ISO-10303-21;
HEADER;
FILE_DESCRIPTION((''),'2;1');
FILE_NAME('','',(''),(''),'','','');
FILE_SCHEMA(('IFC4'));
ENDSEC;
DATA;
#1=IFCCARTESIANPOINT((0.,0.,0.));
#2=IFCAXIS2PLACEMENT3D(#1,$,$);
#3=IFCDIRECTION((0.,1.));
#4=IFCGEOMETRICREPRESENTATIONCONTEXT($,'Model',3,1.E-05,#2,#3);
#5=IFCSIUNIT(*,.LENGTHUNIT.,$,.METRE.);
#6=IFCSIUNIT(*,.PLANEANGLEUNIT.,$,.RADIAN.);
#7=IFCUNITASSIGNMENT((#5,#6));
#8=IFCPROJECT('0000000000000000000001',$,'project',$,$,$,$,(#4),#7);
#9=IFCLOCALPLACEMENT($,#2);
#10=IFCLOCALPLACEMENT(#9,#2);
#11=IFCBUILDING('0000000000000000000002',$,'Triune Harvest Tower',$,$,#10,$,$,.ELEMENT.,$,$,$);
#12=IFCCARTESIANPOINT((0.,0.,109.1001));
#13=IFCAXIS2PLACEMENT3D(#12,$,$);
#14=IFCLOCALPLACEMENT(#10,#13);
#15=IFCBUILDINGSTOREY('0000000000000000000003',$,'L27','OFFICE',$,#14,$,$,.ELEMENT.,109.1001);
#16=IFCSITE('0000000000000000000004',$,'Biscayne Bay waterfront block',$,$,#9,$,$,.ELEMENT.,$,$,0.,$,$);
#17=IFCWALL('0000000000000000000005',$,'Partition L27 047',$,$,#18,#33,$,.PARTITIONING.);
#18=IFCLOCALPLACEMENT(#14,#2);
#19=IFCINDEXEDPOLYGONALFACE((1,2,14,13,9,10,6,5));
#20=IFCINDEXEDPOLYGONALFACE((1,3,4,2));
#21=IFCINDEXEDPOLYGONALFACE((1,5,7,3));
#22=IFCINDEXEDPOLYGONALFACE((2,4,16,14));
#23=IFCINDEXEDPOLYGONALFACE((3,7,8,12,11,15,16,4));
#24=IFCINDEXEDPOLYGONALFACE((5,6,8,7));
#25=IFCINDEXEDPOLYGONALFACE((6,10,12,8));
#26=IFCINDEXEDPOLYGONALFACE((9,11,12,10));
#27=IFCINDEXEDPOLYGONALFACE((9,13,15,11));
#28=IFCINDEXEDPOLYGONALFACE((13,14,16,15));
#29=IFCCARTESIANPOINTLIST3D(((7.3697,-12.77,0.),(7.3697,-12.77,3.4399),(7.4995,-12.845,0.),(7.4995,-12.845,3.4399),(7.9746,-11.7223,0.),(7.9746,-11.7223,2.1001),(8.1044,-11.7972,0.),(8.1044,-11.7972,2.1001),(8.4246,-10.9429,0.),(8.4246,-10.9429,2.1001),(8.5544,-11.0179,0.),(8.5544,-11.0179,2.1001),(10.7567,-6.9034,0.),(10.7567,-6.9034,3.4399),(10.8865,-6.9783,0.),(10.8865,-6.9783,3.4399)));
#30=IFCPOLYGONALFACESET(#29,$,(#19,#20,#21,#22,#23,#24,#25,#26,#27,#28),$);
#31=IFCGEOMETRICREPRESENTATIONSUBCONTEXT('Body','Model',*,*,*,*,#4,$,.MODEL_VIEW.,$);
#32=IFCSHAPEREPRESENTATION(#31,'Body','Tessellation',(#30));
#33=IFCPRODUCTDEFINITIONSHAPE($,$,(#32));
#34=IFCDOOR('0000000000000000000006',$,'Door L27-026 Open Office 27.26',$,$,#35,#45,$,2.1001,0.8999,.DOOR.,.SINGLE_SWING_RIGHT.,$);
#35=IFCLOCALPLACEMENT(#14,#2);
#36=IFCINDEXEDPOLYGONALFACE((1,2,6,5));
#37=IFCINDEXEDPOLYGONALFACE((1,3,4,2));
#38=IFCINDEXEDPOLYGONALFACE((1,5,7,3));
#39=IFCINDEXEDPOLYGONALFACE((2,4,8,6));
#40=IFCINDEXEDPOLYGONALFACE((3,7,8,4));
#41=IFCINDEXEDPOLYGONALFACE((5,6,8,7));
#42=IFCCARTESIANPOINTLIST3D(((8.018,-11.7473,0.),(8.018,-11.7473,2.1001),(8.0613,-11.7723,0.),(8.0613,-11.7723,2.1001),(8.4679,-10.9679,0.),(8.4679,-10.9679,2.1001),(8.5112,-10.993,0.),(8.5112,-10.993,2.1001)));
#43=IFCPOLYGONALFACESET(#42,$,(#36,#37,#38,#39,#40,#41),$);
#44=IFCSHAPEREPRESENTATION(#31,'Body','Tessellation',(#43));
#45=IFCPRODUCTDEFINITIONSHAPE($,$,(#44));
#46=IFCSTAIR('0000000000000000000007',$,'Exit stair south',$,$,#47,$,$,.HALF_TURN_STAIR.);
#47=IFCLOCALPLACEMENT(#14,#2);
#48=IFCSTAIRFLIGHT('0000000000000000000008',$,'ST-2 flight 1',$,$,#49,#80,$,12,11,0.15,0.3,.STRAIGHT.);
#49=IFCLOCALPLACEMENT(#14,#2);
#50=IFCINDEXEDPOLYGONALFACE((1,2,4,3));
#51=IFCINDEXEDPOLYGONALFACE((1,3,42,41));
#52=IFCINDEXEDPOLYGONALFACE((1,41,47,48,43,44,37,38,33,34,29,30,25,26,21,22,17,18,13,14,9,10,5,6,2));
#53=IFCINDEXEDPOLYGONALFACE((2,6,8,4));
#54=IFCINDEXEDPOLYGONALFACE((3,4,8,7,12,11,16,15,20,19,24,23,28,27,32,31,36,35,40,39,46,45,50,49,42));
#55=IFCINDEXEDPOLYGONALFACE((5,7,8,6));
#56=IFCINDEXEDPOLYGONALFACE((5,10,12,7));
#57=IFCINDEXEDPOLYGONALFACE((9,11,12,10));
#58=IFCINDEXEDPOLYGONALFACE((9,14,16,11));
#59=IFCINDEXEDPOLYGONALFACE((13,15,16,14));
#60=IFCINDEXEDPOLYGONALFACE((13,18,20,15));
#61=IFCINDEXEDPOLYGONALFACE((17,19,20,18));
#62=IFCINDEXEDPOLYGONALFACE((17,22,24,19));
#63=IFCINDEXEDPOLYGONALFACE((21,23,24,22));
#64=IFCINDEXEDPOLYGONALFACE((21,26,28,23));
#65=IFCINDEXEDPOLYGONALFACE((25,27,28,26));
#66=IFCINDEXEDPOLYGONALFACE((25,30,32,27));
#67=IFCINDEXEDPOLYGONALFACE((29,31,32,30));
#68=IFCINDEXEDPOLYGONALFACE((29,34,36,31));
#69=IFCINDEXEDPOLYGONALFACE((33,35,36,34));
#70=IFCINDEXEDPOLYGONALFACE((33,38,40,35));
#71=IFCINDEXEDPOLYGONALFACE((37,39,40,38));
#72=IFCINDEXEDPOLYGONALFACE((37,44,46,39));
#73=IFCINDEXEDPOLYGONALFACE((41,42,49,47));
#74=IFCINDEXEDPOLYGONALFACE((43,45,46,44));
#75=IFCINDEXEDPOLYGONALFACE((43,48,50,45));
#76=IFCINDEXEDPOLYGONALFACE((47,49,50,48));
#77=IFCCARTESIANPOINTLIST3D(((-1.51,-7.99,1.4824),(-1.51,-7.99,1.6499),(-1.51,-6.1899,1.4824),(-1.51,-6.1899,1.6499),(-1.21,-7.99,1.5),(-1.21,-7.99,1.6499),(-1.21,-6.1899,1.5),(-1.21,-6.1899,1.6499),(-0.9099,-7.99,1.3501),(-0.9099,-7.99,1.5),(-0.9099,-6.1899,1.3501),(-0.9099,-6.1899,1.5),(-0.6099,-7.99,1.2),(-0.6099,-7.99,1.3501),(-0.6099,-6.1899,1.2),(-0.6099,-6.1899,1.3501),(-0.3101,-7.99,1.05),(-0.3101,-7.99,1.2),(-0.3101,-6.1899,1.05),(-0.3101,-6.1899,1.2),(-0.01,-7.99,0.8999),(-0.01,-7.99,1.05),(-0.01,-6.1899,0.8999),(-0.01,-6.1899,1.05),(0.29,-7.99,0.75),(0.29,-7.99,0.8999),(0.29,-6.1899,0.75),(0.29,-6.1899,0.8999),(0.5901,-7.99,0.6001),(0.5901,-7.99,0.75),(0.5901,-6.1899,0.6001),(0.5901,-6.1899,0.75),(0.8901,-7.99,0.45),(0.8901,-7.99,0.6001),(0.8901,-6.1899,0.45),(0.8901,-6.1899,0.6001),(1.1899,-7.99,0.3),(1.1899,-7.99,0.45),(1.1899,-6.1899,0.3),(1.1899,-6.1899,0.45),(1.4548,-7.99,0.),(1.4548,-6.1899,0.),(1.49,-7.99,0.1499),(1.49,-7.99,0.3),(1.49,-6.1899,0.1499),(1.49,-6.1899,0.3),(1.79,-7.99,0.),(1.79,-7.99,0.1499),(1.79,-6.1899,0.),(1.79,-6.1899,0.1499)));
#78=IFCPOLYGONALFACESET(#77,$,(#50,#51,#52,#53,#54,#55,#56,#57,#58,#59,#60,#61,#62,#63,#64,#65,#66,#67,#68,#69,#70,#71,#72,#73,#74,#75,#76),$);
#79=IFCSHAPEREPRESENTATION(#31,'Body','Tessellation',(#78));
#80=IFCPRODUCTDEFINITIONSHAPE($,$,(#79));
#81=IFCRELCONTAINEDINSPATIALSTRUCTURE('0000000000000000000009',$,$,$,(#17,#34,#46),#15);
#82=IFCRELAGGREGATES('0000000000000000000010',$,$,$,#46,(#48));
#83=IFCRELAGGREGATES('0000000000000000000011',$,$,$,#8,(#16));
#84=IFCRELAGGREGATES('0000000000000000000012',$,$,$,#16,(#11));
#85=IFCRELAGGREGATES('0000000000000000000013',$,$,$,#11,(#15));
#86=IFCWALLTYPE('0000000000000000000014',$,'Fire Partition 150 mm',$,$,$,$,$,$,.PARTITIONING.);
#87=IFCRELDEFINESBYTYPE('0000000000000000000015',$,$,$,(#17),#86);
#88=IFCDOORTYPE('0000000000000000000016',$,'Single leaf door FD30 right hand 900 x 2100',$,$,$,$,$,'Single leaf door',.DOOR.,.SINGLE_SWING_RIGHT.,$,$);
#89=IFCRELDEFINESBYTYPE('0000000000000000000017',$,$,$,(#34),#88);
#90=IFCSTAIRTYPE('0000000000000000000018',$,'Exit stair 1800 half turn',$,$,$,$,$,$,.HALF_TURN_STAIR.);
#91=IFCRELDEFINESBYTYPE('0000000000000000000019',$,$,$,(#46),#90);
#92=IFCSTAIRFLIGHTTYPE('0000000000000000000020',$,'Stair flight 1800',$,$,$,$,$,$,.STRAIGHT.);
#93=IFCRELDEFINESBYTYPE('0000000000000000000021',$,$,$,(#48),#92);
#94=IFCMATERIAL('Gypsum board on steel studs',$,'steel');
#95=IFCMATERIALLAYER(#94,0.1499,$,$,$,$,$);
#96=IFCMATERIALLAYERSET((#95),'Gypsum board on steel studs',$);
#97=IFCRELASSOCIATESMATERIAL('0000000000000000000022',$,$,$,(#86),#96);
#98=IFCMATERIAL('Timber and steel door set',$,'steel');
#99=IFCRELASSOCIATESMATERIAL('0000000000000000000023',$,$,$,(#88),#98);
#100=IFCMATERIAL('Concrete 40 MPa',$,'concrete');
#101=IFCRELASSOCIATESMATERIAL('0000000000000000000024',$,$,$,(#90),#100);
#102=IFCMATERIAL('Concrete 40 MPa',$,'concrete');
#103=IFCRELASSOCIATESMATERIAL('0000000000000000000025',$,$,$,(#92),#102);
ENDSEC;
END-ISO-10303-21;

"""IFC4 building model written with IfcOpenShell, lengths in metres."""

from ifc_helpers import new_model, si_unit, direction, frame, frame_2d, origin, place, context, subcontext, project, spatial, polyline, rectangle, outline, extrude, source, transform, mapped, material, layer, layer_set, type_object, element, fill, aggregate, save


model = new_model("IFC4")

# Units and contexts
model_context = context("Model", 3, precision=1e-05, world=origin(), true_north=direction((0.0, 1.0)))
body_context = subcontext(model_context, "Body", "Model", "MODEL_VIEW")
ifc_project = project(units=[si_unit("LENGTHUNIT", "METRE"), si_unit("PLANEANGLEUNIT", "RADIAN")], contexts=[model_context])

# Site, building, storey
site_placement = place(None, origin())
site = spatial("IfcSite", under=ifc_project, at=site_placement, Name="Biscayne Bay waterfront block", CompositionType="ELEMENT", RefElevation=0.0)
building_placement = place(site_placement, origin())
building = spatial("IfcBuilding", under=site, at=building_placement, Name="Triune Harvest Tower", CompositionType="ELEMENT")
storey_placement = place(building_placement, frame((0.0, 0.0, 109.1001)))
storey = spatial("IfcBuildingStorey", under=building, at=storey_placement, Name="L27", Description="OFFICE", CompositionType="ELEMENT", Elevation=109.1001)

# Wall, opening, door
ifc_material_1 = material(Name="Gypsum board on steel studs", Category="steel")
ifc_layer_1 = layer(ifc_material_1, 0.1499)
ifc_layer_set_1 = layer_set([ifc_layer_1], Name="Gypsum board on steel studs")
wall_type_1 = type_object("IfcWallType", Name="Fire Partition 150 mm", PredefinedType="PARTITIONING", material=ifc_layer_set_1)
shared_shape_1 = source(origin(), body_context, "Body", "SweptSolid", [
    extrude(rectangle(XDim=6.7742, YDim=0.1499, at=frame_2d((3.3872, 0.0))), origin(), (0.0, 0.0, 1.0), 3.4399),
])
wall_1_placement = place(storey_placement, frame((7.4346, -12.8076, 0.0), z_axis=(0.0, 0.0, 1.0), x_axis=(0.49998, 0.866037, 0.0)))
wall_1 = element("IfcWall", 1, at=wall_1_placement, inside=storey, type_object=wall_type_1, Name="Partition L27 047", PredefinedType="PARTITIONING", context=body_context, shape_type="MappedRepresentation", body=[
    mapped(shared_shape_1, transform((0.0, 0.0, 0.0), scale=1.0)),
])
opening_1_placement = place(wall_1_placement, frame((1.21, 0.0, 0.0)))
opening_1 = element("IfcOpeningElement", 2, at=opening_1_placement, cuts=wall_1, PredefinedType="OPENING", context=body_context, shape_type="SweptSolid", body=[
    extrude(rectangle(XDim=0.8999, YDim=2.1001, at=frame_2d((0.45, 1.05))), frame((0.0, 0.085, 0.0), z_axis=(0.0, -1.0, 0.0), x_axis=(1.0, 0.0, 0.0)), (0.0, 0.0, 1.0), 0.1699),
])
ifc_material_2 = material(Name="Timber and steel door set", Category="steel")
door_type_1 = type_object("IfcDoorType", Name="Single leaf door FD30 right hand 900 x 2100", ElementType="Single leaf door", OperationType="SINGLE_SWING_RIGHT", PredefinedType="DOOR", material=ifc_material_2)
door_1_placement = place(opening_1_placement, origin())
door_1 = element("IfcDoor", 3, at=door_1_placement, inside=storey, type_object=door_type_1, Name="Door L27-026 Open Office 27.26", OperationType="SINGLE_SWING_RIGHT", OverallHeight=2.1001, OverallWidth=0.8999, PredefinedType="DOOR", context=body_context, shape_type="SweptSolid", body=[
    extrude(rectangle(XDim=0.8999, YDim=2.1001, at=frame_2d((0.45, 1.05))), frame((0.0, 0.0249, 0.0), z_axis=(0.0, -1.0, 0.0), x_axis=(1.0, 0.0, 0.0)), (0.0, 0.0, 1.0), 0.05),
])
fill(opening_1, door_1)

# Stair, stair flight
ifc_material_3 = material(Name="Concrete 40 MPa", Category="concrete")
stair_type = type_object("IfcStairType", Name="Exit stair 1800 half turn", PredefinedType="HALF_TURN_STAIR", material=ifc_material_3)
stair_placement = place(storey_placement, origin())
stair = element("IfcStair", 4, at=stair_placement, inside=storey, type_object=stair_type, Name="Exit stair south", PredefinedType="HALF_TURN_STAIR")
ifc_material_4 = material(Name="Concrete 40 MPa", Category="concrete")
stair_flight_type = type_object("IfcStairFlightType", Name="Stair flight 1800", PredefinedType="STRAIGHT", material=ifc_material_4)
shared_shape_2 = source(origin(), body_context, "Body", "SweptSolid", [
    extrude(outline(polyline([(0.0, 0.0), (0.0, 0.1499), (0.3, 0.1499), (0.3, 0.3), (0.6001, 0.3), (0.6001, 0.45), (0.8999, 0.45), (0.8999, 0.6001), (1.2, 0.6001), (1.2, 0.75), (1.5, 0.75), (1.5, 0.8999), (1.8, 0.8999), (1.8, 1.05), (2.1001, 1.05), (2.1001, 1.2), (2.3999, 1.2), (2.3999, 1.3501), (2.7, 1.3501), (2.7, 1.5), (3.0, 1.5), (3.0, 1.6499), (3.3, 1.6499), (3.3, 1.8), (3.3, 1.4824), (0.3352, 0.0), (0.0, 0.0)])), frame((0.0, 0.8999, 0.0), z_axis=(0.0, -1.0, 0.0), x_axis=(1.0, 0.0, 0.0)), (0.0, 0.0, 1.0), 1.8),
])
stair_flight_placement = place(storey_placement, frame((1.79, -7.0901, 0.0), z_axis=(0.0, 0.0, 1.0), x_axis=(-1.0, 0.0, 0.0)))
stair_flight = element("IfcStairFlight", 5, at=stair_flight_placement, type_object=stair_flight_type, Name="ST-2 flight 1", NumberOfRisers=12, NumberOfTreads=11, PredefinedType="STRAIGHT", RiserHeight=0.15, TreadLength=0.3, context=body_context, shape_type="MappedRepresentation", body=[
    mapped(shared_shape_2, transform((0.0, 0.0, 0.0), scale=1.0)),
])
aggregate(stair, [stair_flight])

save(model, "model.ifc")
